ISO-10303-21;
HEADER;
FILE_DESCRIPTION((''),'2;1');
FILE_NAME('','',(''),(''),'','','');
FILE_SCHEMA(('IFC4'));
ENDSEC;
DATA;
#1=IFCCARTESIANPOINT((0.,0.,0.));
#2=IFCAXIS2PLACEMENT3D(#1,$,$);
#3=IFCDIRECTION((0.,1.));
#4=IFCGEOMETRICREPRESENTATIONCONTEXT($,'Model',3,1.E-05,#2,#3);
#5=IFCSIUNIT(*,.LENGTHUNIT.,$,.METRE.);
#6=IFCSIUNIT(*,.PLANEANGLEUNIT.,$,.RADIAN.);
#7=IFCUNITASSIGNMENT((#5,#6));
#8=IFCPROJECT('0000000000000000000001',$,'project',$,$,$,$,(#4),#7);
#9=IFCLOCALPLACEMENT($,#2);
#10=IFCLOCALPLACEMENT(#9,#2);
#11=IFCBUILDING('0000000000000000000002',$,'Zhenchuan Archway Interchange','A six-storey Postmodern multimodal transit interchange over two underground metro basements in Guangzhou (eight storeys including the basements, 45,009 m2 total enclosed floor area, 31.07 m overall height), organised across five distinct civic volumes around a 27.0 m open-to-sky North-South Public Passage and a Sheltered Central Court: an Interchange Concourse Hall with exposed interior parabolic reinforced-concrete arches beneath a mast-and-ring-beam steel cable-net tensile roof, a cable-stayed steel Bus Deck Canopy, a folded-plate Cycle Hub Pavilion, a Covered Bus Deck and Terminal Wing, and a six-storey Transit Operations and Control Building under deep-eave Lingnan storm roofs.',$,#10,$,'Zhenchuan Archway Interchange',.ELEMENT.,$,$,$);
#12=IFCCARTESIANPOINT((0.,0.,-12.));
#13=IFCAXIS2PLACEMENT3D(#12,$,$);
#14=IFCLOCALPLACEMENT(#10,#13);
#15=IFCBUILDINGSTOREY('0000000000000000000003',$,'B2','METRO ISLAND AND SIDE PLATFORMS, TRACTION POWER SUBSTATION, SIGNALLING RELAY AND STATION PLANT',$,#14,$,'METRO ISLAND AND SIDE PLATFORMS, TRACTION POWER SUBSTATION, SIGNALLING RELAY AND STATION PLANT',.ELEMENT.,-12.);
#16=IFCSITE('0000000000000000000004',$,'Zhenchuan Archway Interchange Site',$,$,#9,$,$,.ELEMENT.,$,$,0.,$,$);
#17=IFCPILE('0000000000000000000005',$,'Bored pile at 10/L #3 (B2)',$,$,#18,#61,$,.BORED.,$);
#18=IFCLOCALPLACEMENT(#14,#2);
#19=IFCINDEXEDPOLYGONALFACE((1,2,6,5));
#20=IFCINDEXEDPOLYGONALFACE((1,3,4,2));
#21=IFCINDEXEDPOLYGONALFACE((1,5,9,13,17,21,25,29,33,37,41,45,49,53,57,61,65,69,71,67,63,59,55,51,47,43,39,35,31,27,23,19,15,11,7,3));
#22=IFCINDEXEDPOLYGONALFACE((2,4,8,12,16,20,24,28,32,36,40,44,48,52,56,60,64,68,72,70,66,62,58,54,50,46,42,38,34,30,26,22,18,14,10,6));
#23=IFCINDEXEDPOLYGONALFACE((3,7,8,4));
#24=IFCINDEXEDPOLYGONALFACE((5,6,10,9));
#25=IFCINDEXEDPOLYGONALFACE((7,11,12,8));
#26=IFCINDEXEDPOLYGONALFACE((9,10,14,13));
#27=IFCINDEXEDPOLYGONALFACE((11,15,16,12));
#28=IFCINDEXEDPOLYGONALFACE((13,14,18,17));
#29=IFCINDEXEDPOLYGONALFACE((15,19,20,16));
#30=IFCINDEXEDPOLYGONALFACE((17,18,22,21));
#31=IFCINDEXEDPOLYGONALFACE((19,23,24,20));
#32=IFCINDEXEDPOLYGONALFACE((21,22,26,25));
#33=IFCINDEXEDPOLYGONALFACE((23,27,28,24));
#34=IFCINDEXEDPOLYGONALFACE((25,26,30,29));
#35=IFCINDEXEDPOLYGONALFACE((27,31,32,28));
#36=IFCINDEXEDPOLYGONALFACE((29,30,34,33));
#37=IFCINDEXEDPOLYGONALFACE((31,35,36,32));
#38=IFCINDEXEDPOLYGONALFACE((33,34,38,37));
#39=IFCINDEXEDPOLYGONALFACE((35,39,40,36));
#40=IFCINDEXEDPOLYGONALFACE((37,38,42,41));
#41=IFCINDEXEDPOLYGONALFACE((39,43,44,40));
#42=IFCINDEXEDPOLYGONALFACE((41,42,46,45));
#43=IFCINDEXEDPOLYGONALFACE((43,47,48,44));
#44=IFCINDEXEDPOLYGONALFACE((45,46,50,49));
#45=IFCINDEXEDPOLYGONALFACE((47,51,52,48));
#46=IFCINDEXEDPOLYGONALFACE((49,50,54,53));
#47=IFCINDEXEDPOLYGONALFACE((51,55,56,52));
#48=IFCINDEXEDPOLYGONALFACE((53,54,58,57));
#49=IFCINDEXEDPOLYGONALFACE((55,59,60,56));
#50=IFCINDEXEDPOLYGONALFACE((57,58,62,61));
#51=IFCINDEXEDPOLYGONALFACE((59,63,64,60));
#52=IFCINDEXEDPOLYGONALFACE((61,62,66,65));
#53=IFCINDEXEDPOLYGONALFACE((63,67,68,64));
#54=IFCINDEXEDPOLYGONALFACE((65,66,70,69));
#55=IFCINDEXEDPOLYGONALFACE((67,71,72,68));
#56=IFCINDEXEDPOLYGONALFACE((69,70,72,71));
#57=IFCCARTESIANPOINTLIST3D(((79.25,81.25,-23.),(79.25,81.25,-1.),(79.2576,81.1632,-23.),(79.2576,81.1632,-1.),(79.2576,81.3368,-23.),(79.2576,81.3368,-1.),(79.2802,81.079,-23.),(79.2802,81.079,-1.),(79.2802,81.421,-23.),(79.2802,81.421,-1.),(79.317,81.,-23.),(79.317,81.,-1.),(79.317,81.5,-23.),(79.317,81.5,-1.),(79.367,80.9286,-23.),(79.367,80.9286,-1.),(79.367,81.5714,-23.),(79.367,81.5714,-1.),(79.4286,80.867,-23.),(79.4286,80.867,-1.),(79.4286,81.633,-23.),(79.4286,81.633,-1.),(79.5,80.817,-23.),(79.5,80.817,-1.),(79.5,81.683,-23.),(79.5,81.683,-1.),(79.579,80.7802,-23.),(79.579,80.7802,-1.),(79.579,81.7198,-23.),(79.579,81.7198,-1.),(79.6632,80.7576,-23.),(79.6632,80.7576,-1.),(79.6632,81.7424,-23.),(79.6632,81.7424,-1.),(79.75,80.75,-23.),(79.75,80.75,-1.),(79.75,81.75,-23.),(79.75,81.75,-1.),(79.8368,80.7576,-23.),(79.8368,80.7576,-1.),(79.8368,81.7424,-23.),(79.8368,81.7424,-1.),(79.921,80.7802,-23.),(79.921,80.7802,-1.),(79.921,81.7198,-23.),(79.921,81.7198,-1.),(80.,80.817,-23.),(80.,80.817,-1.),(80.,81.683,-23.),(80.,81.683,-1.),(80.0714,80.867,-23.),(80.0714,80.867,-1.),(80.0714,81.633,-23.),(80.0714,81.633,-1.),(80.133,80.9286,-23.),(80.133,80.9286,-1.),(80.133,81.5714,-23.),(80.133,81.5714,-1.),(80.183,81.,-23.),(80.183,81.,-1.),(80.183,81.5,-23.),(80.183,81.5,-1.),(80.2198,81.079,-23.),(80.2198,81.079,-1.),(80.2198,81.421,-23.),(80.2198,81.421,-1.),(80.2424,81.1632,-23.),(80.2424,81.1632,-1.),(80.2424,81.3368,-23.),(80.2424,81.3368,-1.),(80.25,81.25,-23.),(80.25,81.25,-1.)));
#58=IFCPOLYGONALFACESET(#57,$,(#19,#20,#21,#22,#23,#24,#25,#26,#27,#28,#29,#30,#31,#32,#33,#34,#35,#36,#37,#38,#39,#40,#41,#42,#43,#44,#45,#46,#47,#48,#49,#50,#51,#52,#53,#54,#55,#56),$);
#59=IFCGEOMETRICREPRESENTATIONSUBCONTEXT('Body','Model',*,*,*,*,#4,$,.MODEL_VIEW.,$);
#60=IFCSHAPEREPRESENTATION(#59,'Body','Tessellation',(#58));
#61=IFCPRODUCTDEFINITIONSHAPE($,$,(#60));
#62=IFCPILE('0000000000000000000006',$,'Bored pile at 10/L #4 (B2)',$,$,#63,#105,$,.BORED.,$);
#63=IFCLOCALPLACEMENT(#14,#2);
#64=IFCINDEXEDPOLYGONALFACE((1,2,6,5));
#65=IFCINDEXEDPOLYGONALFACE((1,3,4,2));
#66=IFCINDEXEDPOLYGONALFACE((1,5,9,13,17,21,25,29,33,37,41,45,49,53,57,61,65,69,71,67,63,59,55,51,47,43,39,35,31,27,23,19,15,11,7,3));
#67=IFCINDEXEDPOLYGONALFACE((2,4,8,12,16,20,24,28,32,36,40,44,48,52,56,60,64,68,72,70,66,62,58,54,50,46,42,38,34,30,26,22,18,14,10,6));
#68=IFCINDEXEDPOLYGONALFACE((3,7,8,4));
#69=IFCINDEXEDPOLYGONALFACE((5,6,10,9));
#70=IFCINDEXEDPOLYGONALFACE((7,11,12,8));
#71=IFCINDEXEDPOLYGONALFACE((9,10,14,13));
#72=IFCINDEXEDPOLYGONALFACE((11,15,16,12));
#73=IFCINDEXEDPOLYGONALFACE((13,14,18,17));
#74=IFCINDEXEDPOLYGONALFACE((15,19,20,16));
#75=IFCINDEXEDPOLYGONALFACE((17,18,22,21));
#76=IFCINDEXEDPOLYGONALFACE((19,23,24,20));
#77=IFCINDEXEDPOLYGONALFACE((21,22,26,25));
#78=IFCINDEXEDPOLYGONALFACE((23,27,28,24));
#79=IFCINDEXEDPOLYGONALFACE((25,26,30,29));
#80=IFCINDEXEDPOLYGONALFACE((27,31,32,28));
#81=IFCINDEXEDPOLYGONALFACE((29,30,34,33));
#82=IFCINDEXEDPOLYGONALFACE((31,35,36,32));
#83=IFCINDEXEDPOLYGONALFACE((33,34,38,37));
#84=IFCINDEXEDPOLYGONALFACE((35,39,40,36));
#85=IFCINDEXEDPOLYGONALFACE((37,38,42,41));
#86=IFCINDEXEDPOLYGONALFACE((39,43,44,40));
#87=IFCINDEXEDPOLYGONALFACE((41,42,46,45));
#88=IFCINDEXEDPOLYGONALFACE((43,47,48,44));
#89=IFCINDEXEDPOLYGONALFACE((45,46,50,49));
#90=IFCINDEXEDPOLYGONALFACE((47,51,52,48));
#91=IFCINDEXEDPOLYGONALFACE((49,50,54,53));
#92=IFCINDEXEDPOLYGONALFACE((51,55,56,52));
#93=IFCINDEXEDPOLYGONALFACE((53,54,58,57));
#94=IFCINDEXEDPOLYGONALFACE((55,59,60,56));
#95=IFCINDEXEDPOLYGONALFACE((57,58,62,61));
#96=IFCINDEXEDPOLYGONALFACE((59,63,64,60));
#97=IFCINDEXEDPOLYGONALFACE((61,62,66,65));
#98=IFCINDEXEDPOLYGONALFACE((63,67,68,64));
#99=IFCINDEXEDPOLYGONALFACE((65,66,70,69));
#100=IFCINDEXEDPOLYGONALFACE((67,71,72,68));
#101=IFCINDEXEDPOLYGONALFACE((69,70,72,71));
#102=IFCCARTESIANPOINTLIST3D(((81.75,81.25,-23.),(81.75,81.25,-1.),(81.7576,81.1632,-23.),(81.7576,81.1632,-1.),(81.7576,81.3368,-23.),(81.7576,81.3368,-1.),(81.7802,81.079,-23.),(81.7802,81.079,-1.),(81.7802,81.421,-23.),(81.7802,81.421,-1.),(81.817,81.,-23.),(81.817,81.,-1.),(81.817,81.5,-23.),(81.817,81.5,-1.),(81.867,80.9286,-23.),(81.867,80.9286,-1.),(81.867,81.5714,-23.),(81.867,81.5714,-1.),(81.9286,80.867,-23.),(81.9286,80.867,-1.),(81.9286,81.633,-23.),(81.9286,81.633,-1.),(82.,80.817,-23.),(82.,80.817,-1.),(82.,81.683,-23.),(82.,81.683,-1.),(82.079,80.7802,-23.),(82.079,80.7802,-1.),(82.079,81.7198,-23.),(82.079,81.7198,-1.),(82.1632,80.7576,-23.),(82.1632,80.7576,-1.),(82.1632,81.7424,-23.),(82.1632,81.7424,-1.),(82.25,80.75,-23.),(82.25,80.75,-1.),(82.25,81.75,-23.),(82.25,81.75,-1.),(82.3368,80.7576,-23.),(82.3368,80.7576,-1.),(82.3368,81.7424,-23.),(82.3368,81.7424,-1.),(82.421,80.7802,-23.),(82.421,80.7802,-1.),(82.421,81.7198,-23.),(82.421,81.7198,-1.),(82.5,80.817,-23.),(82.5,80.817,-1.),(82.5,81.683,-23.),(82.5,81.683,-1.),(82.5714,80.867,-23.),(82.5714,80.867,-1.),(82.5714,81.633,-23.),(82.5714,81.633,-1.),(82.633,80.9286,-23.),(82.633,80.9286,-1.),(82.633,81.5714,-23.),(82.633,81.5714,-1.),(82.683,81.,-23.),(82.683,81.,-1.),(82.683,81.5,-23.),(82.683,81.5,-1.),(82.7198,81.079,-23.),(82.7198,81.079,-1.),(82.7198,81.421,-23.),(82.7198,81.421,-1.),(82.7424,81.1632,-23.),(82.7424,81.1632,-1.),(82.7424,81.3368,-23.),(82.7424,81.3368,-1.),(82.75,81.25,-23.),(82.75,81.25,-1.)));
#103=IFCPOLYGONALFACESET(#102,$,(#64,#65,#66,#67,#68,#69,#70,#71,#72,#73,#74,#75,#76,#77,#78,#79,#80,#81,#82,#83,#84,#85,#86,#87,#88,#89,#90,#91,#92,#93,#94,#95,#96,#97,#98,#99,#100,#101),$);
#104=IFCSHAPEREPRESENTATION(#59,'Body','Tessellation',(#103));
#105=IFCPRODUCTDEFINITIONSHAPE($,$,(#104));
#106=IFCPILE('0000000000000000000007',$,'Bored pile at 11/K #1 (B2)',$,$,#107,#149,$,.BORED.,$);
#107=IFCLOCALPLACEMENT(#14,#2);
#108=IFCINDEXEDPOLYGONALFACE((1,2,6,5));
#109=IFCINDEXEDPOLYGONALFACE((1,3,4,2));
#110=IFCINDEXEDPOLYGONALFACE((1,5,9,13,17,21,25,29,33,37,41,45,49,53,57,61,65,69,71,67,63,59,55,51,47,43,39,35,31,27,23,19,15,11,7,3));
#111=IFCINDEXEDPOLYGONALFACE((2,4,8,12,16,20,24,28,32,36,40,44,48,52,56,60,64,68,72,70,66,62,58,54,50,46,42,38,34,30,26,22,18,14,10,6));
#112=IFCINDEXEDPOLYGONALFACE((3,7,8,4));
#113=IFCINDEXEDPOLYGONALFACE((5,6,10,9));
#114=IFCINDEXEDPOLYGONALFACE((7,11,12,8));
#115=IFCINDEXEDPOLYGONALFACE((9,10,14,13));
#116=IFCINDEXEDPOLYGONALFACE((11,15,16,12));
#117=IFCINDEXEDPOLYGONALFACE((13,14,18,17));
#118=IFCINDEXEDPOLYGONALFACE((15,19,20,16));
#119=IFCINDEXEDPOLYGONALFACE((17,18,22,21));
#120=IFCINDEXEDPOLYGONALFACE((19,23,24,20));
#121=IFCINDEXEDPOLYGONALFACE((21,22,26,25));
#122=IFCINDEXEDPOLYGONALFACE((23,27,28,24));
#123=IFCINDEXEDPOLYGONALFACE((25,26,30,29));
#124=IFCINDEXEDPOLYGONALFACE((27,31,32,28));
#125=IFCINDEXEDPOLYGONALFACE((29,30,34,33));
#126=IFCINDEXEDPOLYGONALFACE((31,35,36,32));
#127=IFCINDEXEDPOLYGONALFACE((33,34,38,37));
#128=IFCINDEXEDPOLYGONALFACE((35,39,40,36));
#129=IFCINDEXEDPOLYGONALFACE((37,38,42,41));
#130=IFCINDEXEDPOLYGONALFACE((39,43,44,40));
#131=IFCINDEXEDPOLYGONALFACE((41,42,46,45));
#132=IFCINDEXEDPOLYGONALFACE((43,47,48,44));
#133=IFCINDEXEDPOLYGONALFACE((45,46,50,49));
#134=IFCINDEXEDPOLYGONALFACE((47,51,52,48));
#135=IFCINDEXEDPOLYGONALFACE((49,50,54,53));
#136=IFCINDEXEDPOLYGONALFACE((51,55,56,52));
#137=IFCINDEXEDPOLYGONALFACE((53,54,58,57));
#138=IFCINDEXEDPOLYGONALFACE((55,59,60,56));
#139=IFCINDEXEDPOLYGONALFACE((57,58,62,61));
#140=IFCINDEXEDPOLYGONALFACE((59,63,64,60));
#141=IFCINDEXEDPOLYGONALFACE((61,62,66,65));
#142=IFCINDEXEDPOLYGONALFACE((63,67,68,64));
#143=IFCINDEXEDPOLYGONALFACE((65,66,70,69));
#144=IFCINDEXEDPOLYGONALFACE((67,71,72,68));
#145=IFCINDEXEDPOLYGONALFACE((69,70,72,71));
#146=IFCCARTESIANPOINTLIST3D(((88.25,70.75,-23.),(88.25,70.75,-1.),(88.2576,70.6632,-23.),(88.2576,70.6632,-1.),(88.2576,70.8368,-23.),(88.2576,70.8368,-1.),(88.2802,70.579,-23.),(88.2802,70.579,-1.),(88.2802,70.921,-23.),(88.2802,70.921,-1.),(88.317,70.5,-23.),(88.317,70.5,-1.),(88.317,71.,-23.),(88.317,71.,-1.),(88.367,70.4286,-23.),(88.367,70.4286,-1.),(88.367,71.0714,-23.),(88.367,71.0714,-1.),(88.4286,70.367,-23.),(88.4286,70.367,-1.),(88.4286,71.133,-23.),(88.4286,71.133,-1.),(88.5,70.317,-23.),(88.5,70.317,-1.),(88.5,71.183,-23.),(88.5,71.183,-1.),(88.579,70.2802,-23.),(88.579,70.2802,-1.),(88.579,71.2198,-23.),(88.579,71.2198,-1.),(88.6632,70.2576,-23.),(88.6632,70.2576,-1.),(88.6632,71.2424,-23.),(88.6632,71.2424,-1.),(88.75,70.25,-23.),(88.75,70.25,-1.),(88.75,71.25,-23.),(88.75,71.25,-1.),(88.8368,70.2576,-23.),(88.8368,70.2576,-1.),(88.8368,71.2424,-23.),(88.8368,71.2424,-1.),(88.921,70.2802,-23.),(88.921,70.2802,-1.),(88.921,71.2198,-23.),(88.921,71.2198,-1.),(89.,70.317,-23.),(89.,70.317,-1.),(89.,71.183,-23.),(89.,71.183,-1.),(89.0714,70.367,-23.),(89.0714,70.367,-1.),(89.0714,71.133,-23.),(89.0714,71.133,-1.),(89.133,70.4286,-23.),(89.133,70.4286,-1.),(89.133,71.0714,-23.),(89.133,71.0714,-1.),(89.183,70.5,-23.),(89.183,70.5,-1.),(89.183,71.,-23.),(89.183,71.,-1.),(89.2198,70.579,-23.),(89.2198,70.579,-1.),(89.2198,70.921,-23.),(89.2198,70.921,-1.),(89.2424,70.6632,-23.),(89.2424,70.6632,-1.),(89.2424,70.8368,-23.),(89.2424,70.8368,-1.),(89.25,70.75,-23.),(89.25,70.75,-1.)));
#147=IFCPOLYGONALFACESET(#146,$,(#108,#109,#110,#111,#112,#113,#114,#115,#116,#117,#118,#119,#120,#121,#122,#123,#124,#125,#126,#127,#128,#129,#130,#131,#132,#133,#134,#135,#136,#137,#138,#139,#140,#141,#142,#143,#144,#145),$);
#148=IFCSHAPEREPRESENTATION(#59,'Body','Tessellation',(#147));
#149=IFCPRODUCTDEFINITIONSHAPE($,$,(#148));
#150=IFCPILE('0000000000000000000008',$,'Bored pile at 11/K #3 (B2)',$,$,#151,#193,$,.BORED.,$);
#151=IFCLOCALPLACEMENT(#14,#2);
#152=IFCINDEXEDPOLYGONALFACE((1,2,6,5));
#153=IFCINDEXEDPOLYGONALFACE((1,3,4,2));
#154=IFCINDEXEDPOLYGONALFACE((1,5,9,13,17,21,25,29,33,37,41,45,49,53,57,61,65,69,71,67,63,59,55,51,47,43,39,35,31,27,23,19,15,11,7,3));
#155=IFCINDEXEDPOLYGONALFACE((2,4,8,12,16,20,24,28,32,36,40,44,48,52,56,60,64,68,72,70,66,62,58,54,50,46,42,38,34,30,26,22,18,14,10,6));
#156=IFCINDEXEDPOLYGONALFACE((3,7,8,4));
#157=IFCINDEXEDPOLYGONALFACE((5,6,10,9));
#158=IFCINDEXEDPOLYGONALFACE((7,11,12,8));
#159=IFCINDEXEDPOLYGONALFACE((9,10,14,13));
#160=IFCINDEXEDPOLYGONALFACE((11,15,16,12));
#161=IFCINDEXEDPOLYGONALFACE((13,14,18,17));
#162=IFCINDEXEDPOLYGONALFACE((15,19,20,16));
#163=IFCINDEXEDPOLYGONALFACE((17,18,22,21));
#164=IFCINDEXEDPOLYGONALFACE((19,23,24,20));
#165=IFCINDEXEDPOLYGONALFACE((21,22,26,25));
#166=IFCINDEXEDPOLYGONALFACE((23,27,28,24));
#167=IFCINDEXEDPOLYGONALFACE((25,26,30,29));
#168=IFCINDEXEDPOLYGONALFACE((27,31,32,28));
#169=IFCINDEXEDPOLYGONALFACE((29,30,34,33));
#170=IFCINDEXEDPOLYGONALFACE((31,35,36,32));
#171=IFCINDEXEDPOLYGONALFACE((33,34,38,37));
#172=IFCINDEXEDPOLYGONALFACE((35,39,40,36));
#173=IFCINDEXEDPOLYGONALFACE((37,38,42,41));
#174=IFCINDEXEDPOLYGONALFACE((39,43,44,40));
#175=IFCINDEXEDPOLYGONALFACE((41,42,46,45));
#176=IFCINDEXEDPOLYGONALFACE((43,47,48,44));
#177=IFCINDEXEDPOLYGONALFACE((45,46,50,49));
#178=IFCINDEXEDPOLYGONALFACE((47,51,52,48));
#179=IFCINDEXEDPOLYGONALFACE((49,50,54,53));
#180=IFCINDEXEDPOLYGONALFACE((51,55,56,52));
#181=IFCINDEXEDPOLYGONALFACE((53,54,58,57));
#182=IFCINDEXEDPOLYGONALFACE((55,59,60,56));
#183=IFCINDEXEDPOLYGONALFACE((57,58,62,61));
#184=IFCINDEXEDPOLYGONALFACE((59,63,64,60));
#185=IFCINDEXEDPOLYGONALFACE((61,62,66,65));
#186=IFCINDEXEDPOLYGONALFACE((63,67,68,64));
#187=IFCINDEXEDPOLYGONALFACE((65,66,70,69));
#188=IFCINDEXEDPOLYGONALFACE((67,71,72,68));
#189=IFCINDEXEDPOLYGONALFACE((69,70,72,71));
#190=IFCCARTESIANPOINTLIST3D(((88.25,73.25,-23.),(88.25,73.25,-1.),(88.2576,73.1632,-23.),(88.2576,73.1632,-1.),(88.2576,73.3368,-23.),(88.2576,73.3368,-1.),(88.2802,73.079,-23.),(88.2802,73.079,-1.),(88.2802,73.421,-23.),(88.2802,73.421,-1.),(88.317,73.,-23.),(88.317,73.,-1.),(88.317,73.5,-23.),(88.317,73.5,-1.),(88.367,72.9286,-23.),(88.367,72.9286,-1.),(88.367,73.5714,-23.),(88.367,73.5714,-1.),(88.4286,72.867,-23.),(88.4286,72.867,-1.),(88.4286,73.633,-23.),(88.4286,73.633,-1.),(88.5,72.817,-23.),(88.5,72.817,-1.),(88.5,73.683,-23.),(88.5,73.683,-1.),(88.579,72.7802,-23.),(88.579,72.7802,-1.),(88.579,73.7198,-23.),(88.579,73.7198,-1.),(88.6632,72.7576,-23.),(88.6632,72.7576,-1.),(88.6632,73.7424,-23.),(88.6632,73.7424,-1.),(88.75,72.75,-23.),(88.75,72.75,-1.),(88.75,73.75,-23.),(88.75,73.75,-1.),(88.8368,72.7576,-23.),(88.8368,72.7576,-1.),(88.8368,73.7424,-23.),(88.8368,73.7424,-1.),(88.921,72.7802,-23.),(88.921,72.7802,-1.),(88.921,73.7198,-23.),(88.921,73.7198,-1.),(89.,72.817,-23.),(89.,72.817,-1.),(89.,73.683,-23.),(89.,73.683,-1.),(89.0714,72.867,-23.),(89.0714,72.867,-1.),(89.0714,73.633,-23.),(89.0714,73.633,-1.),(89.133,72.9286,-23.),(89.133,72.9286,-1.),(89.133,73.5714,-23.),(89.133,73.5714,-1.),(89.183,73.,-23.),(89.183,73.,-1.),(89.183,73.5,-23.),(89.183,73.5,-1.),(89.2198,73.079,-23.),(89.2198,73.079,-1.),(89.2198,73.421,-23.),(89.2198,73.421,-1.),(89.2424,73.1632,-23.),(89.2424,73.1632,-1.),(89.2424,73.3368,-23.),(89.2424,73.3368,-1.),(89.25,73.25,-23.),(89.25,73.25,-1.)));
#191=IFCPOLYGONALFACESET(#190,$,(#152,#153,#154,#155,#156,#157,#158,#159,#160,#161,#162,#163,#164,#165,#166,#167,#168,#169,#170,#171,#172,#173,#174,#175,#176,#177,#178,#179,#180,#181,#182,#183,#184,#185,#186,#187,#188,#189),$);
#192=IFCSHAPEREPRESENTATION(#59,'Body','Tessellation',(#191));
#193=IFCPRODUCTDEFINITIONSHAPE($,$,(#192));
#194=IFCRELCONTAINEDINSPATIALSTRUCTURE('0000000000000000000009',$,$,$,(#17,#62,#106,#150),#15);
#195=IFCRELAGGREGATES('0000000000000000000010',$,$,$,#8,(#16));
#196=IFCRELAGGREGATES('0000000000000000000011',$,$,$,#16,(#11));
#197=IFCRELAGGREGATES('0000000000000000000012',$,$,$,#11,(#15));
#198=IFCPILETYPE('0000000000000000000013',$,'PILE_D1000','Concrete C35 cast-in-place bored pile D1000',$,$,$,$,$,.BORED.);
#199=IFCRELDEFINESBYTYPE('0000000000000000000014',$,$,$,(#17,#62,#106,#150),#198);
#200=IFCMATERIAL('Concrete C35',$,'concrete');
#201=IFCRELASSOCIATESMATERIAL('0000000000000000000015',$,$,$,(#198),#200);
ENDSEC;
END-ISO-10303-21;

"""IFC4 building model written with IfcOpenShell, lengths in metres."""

from ifc_helpers import new_model, si_unit, direction, frame, origin, origin_2d, place, context, subcontext, project, spatial, circle, extrude, material, material_profile, profile_set, type_object, element, save


model = new_model("IFC4")

# Units and contexts
model_context = context("Model", 3, precision=1e-05, world=origin(), true_north=direction((0.0, 1.0)))
body_context = subcontext(model_context, "Body", "Model", "MODEL_VIEW")
ifc_project = project(units=[si_unit("LENGTHUNIT", "METRE"), si_unit("PLANEANGLEUNIT", "RADIAN")], contexts=[model_context])

# Site, building, storey
site_placement = place(None, origin())
site = spatial("IfcSite", under=ifc_project, at=site_placement, Name="Zhenchuan Archway Interchange Site", CompositionType="ELEMENT", RefElevation=0.0)
building_placement = place(site_placement, origin())
building = spatial("IfcBuilding", under=site, at=building_placement, Name="Zhenchuan Archway Interchange", Description="A six-storey Postmodern multimodal transit interchange over two underground metro basements in Guangzhou (eight storeys including the basements, 45,009 m2 total enclosed floor area, 31.07 m overall height), organised across five distinct civic volumes around a 27.0 m open-to-sky North-South Public Passage and a Sheltered Central Court: an Interchange Concourse Hall with exposed interior parabolic reinforced-concrete arches beneath a mast-and-ring-beam steel cable-net tensile roof, a cable-stayed steel Bus Deck Canopy, a folded-plate Cycle Hub Pavilion, a Covered Bus Deck and Terminal Wing, and a six-storey Transit Operations and Control Building under deep-eave Lingnan storm roofs.", LongName="Zhenchuan Archway Interchange", CompositionType="ELEMENT")
storey_placement = place(building_placement, frame((0.0, 0.0, -12.0)))
storey = spatial("IfcBuildingStorey", under=building, at=storey_placement, Name="B2", Description="METRO ISLAND AND SIDE PLATFORMS, TRACTION POWER SUBSTATION, SIGNALLING RELAY AND STATION PLANT", LongName="METRO ISLAND AND SIDE PLATFORMS, TRACTION POWER SUBSTATION, SIGNALLING RELAY AND STATION PLANT", CompositionType="ELEMENT", Elevation=-12.0)

# Piles
ifc_material_1 = material(Name="Concrete C35", Category="concrete")
ifc_material_profile_1 = material_profile(ifc_material_1, circle(Radius=0.5, at=origin_2d()), Name="BORED PILE 1000")
ifc_profile_set_1 = profile_set([ifc_material_profile_1], Name="Concrete C35")
pile_type_1 = type_object("IfcPileType", Name="PILE_D1000", Description="Concrete C35 cast-in-place bored pile D1000", PredefinedType="BORED", material=ifc_profile_set_1)
for number, where, z_axis, x_axis, name in (
    (1, (79.75, 81.25, -1.0), (0.0, 0.0, -1.0), (1.0, 0.0, 0.0), "Bored pile at 10/L #3 (B2)"),
    (2, (82.25, 81.25, -1.0), (0.0, 0.0, -1.0), (1.0, 0.0, 0.0), "Bored pile at 10/L #4 (B2)"),
    (3, (88.75, 70.75, -1.0), (0.0, 0.0, -1.0), (1.0, 0.0, 0.0), "Bored pile at 11/K #1 (B2)"),
    (4, (88.75, 73.25, -1.0), (0.0, 0.0, -1.0), (1.0, 0.0, 0.0), "Bored pile at 11/K #3 (B2)"),
):
    element("IfcPile", number, at=place(storey_placement, frame(where, z_axis=z_axis, x_axis=x_axis)), inside=storey, type_object=pile_type_1, Name=name, PredefinedType="BORED", context=body_context, shape_type="SweptSolid", body=[
        extrude(circle(Radius=0.5, at=origin_2d()), origin(), (0.0, 0.0, 1.0), 22.0),
    ])

save(model, "model.ifc")
